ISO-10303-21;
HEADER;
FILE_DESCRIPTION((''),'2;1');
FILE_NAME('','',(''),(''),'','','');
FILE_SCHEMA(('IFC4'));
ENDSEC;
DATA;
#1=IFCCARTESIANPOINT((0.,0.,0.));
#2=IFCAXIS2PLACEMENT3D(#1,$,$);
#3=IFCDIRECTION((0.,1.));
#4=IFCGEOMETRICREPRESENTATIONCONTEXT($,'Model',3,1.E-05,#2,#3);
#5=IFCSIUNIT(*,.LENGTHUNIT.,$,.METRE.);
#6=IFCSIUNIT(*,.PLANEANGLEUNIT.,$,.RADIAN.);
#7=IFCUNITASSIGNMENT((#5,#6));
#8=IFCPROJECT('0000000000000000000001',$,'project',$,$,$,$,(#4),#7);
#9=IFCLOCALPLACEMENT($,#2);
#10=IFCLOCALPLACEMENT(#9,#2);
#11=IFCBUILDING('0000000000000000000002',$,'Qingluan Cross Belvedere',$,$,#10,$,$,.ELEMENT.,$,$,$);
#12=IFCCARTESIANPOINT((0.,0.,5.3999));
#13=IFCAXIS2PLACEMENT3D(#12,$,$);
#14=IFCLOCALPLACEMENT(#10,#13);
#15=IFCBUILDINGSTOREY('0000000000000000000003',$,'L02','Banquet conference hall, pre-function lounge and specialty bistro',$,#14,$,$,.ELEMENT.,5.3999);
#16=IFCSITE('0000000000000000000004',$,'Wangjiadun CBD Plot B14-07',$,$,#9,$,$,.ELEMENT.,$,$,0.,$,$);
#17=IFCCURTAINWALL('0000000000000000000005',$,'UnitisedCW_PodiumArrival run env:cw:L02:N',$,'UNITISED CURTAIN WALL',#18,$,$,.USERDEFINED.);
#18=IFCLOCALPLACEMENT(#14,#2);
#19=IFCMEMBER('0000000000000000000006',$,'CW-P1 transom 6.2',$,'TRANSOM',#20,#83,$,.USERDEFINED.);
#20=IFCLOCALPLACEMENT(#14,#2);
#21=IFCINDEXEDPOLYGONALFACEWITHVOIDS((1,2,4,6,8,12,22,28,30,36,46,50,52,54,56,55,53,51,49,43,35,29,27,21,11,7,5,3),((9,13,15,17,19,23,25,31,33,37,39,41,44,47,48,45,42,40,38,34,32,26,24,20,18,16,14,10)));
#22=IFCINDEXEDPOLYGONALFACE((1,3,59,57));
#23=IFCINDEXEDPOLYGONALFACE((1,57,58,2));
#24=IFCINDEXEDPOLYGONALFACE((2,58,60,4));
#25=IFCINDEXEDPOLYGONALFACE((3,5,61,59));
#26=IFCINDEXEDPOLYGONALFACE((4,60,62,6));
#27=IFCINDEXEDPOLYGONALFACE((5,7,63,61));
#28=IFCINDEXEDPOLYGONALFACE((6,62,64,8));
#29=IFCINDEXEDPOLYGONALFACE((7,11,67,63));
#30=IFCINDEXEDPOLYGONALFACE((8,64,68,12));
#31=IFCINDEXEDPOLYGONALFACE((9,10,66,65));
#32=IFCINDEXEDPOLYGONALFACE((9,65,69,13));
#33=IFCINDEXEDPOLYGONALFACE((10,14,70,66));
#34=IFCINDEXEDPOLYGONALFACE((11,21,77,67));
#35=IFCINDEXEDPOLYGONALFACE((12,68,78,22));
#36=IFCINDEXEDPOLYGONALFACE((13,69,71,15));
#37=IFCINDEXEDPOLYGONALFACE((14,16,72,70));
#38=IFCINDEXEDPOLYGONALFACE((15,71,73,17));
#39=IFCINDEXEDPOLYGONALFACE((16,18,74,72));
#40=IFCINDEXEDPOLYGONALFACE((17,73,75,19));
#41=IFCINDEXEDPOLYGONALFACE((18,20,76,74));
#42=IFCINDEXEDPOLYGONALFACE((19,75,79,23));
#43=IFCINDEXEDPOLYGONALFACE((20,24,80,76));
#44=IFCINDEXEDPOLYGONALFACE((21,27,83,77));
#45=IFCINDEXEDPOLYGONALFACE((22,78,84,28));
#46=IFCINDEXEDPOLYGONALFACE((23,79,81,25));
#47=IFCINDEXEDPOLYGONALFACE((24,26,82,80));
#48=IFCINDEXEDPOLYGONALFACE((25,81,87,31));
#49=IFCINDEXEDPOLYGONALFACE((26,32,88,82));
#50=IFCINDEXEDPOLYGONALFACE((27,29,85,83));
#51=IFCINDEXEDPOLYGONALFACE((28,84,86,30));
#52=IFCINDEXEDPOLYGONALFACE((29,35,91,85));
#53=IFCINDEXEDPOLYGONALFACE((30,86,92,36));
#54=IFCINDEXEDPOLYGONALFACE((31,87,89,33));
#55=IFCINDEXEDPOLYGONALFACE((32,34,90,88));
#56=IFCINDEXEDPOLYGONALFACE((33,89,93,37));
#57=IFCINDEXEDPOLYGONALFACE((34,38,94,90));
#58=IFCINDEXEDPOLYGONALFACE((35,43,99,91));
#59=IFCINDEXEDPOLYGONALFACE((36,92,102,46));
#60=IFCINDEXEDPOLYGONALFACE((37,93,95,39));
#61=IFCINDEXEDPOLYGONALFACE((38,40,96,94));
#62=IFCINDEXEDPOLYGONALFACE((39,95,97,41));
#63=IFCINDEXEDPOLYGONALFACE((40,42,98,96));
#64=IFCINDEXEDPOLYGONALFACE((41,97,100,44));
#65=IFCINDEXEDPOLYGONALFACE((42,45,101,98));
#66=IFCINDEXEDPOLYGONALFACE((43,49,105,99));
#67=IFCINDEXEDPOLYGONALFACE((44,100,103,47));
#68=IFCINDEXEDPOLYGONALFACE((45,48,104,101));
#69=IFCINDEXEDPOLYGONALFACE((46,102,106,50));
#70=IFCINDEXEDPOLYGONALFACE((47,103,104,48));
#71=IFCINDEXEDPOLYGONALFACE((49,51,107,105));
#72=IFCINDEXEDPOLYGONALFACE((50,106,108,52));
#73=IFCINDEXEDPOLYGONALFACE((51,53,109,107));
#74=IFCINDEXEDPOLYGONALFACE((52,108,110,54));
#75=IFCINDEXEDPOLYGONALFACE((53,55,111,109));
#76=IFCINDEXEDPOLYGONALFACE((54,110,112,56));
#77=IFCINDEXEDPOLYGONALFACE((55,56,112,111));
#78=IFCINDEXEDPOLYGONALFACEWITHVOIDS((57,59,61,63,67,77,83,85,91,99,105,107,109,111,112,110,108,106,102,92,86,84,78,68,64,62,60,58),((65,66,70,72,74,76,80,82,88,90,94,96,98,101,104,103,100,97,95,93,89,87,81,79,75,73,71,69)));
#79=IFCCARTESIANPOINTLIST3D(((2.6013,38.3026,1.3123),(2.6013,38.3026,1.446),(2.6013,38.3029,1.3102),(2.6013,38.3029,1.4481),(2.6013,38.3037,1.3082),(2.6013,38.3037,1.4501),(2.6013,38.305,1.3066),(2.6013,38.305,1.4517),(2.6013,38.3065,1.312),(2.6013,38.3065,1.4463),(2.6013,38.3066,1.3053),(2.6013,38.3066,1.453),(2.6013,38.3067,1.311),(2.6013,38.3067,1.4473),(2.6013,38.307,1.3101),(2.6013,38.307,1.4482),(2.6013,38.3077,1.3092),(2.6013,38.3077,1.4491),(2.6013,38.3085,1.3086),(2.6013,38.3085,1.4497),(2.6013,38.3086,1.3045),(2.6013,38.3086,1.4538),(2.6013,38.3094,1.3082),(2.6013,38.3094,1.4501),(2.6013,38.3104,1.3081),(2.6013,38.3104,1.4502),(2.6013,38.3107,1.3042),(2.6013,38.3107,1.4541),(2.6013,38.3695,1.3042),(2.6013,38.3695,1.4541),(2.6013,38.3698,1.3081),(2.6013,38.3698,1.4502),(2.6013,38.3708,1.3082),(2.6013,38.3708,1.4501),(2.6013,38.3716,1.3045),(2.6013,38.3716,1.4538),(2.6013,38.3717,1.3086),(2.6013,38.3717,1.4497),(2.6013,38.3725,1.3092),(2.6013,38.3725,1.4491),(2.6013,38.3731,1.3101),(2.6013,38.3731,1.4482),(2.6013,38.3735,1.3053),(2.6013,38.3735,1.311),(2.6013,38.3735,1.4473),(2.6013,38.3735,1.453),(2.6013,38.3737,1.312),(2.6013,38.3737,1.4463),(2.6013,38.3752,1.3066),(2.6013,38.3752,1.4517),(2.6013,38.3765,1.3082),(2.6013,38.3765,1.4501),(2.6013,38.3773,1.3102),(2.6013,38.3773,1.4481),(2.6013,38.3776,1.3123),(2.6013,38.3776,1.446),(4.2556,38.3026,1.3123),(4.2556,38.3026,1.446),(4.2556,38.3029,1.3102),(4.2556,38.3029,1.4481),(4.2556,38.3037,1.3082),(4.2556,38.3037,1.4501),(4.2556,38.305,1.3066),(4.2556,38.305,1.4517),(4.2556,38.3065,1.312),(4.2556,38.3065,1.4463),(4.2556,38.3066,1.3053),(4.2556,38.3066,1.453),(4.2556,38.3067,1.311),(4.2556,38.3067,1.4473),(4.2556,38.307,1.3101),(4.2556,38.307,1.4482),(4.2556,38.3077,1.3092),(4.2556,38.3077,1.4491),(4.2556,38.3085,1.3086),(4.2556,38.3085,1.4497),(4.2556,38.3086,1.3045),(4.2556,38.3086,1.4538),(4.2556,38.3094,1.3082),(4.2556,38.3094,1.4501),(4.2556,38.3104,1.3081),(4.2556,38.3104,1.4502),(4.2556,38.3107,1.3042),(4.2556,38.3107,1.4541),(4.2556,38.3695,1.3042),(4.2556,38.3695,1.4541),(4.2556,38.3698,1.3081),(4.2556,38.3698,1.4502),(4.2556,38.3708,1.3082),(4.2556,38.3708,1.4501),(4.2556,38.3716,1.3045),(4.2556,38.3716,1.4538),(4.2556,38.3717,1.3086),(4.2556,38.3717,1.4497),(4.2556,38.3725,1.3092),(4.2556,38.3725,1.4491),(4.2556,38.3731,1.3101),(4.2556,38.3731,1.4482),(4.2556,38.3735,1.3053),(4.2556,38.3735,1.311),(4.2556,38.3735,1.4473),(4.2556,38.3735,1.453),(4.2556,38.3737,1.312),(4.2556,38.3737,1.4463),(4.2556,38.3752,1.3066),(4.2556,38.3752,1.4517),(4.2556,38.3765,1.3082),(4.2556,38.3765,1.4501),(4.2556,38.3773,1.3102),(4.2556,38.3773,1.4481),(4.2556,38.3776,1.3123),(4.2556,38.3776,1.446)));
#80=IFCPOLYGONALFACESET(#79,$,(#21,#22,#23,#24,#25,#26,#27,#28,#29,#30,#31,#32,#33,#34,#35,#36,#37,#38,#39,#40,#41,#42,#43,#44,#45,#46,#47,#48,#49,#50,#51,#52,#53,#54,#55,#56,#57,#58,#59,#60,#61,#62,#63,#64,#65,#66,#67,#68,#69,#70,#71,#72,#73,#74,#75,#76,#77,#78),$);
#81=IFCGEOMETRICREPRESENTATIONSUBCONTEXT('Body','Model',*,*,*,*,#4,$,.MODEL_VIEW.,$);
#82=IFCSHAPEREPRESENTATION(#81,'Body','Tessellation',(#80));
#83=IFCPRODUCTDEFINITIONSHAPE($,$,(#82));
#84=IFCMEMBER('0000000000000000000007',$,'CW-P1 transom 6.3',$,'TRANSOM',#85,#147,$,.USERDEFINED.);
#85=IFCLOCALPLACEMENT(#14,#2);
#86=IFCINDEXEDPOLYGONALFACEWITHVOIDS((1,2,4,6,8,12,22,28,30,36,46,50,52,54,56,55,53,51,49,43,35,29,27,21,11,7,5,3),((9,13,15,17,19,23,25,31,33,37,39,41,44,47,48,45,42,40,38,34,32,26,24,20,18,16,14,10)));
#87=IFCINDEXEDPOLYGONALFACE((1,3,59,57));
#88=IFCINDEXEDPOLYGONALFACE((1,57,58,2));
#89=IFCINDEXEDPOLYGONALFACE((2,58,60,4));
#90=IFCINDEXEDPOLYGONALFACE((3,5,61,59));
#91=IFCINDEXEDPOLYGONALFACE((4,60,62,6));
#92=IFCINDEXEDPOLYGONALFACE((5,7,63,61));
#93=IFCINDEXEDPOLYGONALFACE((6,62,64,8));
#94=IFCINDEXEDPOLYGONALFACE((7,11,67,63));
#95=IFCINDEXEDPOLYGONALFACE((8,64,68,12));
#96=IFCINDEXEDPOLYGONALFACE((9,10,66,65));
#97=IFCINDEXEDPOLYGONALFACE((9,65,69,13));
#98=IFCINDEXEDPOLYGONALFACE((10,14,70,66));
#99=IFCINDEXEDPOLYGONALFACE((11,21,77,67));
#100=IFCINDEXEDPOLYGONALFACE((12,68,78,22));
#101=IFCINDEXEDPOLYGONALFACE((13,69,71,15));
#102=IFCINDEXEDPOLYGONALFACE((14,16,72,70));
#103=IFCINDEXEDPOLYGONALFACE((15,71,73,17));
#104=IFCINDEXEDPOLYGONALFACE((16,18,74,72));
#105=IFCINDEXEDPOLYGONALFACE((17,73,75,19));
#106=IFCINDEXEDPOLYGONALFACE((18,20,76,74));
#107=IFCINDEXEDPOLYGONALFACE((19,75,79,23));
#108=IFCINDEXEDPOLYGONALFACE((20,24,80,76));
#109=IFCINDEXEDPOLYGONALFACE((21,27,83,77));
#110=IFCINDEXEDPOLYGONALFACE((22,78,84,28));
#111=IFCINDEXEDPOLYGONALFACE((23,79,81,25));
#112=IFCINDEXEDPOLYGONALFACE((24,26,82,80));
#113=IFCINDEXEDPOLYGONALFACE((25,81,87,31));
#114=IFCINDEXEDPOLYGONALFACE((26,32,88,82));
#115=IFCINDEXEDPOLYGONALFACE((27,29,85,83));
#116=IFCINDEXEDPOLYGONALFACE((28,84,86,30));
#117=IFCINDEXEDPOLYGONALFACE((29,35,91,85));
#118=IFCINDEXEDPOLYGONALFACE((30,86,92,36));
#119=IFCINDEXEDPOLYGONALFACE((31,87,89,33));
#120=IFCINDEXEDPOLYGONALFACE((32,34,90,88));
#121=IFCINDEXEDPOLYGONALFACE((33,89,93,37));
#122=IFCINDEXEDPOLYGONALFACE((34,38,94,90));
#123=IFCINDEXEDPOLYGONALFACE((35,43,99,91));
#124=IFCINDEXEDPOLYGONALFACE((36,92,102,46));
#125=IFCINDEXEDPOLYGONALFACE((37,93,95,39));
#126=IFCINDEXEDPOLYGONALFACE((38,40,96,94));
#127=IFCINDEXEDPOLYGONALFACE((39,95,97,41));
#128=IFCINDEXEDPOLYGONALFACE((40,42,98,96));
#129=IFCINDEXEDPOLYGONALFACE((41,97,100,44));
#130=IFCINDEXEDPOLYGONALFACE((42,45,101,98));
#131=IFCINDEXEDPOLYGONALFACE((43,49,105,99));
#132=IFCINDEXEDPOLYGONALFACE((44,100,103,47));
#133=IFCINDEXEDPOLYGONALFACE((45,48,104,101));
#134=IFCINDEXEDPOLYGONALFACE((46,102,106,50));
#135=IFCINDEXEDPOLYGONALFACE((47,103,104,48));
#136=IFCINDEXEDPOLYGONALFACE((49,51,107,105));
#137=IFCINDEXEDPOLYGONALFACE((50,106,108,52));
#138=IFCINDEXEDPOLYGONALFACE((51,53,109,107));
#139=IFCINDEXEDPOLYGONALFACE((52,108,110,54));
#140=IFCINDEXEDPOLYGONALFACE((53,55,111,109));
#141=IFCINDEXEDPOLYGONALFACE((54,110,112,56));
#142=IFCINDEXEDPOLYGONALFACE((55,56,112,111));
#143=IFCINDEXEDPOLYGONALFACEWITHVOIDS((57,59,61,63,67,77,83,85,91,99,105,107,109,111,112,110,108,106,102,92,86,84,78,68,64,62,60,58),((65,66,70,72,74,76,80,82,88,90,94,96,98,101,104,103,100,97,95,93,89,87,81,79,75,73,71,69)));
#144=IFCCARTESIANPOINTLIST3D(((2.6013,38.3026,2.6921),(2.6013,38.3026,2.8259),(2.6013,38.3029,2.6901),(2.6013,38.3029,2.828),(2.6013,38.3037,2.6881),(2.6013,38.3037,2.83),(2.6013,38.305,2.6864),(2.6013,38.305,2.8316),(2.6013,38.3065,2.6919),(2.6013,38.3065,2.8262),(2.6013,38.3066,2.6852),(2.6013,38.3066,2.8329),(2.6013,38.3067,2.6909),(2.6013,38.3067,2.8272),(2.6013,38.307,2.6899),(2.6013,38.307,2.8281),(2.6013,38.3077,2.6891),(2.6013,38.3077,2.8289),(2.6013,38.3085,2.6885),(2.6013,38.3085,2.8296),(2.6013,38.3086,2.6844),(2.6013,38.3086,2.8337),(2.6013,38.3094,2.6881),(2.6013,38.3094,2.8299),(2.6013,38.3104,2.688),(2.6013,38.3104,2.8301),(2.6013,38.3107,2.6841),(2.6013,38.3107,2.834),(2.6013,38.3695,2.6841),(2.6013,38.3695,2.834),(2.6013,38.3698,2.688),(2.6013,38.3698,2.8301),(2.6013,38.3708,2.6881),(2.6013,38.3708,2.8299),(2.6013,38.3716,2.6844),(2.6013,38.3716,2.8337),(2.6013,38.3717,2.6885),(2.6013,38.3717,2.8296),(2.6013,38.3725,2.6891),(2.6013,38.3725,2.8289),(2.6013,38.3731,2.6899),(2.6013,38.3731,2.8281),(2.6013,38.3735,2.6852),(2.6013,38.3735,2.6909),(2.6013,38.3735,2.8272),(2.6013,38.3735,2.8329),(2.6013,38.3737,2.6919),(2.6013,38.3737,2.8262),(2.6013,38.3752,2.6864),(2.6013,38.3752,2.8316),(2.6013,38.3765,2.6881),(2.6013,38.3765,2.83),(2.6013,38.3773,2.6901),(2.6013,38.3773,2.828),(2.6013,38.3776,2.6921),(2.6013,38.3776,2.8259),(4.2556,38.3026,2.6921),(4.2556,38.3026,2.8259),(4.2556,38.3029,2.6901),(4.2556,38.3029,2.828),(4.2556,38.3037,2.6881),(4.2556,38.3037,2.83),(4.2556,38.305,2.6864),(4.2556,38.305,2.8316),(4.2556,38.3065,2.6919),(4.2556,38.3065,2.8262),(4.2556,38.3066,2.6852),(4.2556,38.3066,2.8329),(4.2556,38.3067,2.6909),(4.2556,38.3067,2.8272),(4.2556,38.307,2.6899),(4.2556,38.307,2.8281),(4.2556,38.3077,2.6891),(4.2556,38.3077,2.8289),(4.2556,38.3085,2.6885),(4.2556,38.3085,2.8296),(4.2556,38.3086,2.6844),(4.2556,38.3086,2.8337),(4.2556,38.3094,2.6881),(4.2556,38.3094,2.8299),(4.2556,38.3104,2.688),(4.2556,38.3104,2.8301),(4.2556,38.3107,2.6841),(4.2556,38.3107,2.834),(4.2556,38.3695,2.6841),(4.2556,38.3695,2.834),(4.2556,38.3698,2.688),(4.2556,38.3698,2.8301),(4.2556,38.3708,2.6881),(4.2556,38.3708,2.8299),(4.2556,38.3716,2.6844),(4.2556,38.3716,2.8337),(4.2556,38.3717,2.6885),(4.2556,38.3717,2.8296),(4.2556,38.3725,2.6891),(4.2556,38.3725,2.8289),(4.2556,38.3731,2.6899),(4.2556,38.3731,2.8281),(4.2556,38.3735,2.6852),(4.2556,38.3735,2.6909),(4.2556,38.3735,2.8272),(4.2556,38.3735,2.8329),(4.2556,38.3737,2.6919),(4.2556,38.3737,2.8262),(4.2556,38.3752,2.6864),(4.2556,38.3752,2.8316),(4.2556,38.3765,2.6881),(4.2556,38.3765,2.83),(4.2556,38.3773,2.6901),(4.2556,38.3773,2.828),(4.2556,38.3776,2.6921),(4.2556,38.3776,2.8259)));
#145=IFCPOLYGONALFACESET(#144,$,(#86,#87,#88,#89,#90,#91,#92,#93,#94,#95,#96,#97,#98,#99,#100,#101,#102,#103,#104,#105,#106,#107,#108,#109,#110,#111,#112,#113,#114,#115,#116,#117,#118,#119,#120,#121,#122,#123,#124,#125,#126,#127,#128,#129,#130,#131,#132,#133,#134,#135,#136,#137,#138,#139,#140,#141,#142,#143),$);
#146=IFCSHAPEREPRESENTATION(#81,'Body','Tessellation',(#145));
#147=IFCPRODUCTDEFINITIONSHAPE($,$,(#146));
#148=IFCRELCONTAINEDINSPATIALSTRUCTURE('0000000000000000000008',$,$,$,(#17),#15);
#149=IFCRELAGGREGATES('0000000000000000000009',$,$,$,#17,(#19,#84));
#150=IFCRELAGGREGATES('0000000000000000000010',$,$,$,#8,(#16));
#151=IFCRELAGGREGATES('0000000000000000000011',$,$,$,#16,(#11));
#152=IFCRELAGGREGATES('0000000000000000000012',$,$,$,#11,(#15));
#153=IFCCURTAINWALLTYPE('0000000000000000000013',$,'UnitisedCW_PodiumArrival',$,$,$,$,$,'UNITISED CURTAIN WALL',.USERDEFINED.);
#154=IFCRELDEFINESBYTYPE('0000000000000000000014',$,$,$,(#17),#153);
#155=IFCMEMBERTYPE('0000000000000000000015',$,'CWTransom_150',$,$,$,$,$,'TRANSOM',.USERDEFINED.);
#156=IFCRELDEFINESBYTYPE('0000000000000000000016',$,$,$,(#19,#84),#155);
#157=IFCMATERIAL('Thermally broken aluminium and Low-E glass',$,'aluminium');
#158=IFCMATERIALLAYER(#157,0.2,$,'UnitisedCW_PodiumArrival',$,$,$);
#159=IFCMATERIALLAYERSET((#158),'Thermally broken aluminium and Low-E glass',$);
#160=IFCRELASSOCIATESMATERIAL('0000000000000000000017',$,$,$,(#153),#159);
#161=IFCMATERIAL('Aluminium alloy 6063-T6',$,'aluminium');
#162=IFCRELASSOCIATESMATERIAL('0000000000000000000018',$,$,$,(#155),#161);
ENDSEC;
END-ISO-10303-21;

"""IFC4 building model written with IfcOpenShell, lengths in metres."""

from ifc_helpers import new_model, si_unit, direction, frame, origin, origin_2d, place, context, subcontext, project, spatial, hollow_rectangle, extrude, material, layer, layer_set, material_profile, profile_set, type_object, element, aggregate, save


model = new_model("IFC4")

# Units and contexts
model_context = context("Model", 3, precision=1e-05, world=origin(), true_north=direction((0.0, 1.0)))
body_context = subcontext(model_context, "Body", "Model", "MODEL_VIEW")
ifc_project = project(units=[si_unit("LENGTHUNIT", "METRE"), si_unit("PLANEANGLEUNIT", "RADIAN")], contexts=[model_context])

# Site, building, storey
site_placement = place(None, origin())
site = spatial("IfcSite", under=ifc_project, at=site_placement, Name="Wangjiadun CBD Plot B14-07", CompositionType="ELEMENT", RefElevation=0.0)
building_placement = place(site_placement, origin())
building = spatial("IfcBuilding", under=site, at=building_placement, Name="Qingluan Cross Belvedere", CompositionType="ELEMENT")
storey_placement = place(building_placement, frame((0.0, 0.0, 5.3999)))
storey = spatial("IfcBuildingStorey", under=building, at=storey_placement, Name="L02", Description="Banquet conference hall, pre-function lounge and specialty bistro", CompositionType="ELEMENT", Elevation=5.3999)

# Curtain wall, members
ifc_material_1 = material(Name="Thermally broken aluminium and Low-E glass", Category="aluminium")
ifc_layer_1 = layer(ifc_material_1, 0.2, Name="UnitisedCW_PodiumArrival")
ifc_layer_set_1 = layer_set([ifc_layer_1], Name="Thermally broken aluminium and Low-E glass")
curtain_wall_type = type_object("IfcCurtainWallType", Name="UnitisedCW_PodiumArrival", ElementType="UNITISED CURTAIN WALL", PredefinedType="USERDEFINED", material=ifc_layer_set_1)
curtain_wall_placement = place(storey_placement, origin())
curtain_wall = element("IfcCurtainWall", 1, at=curtain_wall_placement, inside=storey, type_object=curtain_wall_type, Name="UnitisedCW_PodiumArrival run env:cw:L02:N", ObjectType="UNITISED CURTAIN WALL", PredefinedType="USERDEFINED")
ifc_material_2 = material(Name="Aluminium alloy 6063-T6", Category="aluminium")
ifc_material_profile_1 = material_profile(ifc_material_2, hollow_rectangle(XDim=0.075, YDim=0.1499, WallThickness=0.0039, InnerFilletRadius=0.0039, OuterFilletRadius=0.0081, at=origin_2d()), Name="CWT150x75x4")
ifc_profile_set_1 = profile_set([ifc_material_profile_1], Name="Aluminium alloy 6063-T6")
member_type_1 = type_object("IfcMemberType", Name="CWTransom_150", ElementType="TRANSOM", PredefinedType="USERDEFINED", material=ifc_profile_set_1)
member_1_placement = place(storey_placement, frame((2.6013, 38.3401, 1.3792), z_axis=(1.0, 0.0, 0.0), x_axis=(0.0, 1.0, 0.0)))
member_1 = element("IfcMember", 2, at=member_1_placement, type_object=member_type_1, Name="CW-P1 transom 6.2", ObjectType="TRANSOM", PredefinedType="USERDEFINED", context=body_context, shape_type="SweptSolid", body=[
    extrude(hollow_rectangle(XDim=0.075, YDim=0.1499, WallThickness=0.0039, InnerFilletRadius=0.0039, OuterFilletRadius=0.0081, at=origin_2d()), origin(), (0.0, 0.0, 1.0), 1.6543),
])
member_2_placement = place(storey_placement, frame((2.6013, 38.3401, 2.759), z_axis=(1.0, 0.0, 0.0), x_axis=(0.0, 1.0, 0.0)))
member_2 = element("IfcMember", 3, at=member_2_placement, type_object=member_type_1, Name="CW-P1 transom 6.3", ObjectType="TRANSOM", PredefinedType="USERDEFINED", context=body_context, shape_type="SweptSolid", body=[
    extrude(hollow_rectangle(XDim=0.075, YDim=0.1499, WallThickness=0.0039, InnerFilletRadius=0.0039, OuterFilletRadius=0.0081, at=origin_2d()), origin(), (0.0, 0.0, 1.0), 1.6543),
])

aggregate(curtain_wall, [member_1, member_2])

save(model, "model.ifc")
